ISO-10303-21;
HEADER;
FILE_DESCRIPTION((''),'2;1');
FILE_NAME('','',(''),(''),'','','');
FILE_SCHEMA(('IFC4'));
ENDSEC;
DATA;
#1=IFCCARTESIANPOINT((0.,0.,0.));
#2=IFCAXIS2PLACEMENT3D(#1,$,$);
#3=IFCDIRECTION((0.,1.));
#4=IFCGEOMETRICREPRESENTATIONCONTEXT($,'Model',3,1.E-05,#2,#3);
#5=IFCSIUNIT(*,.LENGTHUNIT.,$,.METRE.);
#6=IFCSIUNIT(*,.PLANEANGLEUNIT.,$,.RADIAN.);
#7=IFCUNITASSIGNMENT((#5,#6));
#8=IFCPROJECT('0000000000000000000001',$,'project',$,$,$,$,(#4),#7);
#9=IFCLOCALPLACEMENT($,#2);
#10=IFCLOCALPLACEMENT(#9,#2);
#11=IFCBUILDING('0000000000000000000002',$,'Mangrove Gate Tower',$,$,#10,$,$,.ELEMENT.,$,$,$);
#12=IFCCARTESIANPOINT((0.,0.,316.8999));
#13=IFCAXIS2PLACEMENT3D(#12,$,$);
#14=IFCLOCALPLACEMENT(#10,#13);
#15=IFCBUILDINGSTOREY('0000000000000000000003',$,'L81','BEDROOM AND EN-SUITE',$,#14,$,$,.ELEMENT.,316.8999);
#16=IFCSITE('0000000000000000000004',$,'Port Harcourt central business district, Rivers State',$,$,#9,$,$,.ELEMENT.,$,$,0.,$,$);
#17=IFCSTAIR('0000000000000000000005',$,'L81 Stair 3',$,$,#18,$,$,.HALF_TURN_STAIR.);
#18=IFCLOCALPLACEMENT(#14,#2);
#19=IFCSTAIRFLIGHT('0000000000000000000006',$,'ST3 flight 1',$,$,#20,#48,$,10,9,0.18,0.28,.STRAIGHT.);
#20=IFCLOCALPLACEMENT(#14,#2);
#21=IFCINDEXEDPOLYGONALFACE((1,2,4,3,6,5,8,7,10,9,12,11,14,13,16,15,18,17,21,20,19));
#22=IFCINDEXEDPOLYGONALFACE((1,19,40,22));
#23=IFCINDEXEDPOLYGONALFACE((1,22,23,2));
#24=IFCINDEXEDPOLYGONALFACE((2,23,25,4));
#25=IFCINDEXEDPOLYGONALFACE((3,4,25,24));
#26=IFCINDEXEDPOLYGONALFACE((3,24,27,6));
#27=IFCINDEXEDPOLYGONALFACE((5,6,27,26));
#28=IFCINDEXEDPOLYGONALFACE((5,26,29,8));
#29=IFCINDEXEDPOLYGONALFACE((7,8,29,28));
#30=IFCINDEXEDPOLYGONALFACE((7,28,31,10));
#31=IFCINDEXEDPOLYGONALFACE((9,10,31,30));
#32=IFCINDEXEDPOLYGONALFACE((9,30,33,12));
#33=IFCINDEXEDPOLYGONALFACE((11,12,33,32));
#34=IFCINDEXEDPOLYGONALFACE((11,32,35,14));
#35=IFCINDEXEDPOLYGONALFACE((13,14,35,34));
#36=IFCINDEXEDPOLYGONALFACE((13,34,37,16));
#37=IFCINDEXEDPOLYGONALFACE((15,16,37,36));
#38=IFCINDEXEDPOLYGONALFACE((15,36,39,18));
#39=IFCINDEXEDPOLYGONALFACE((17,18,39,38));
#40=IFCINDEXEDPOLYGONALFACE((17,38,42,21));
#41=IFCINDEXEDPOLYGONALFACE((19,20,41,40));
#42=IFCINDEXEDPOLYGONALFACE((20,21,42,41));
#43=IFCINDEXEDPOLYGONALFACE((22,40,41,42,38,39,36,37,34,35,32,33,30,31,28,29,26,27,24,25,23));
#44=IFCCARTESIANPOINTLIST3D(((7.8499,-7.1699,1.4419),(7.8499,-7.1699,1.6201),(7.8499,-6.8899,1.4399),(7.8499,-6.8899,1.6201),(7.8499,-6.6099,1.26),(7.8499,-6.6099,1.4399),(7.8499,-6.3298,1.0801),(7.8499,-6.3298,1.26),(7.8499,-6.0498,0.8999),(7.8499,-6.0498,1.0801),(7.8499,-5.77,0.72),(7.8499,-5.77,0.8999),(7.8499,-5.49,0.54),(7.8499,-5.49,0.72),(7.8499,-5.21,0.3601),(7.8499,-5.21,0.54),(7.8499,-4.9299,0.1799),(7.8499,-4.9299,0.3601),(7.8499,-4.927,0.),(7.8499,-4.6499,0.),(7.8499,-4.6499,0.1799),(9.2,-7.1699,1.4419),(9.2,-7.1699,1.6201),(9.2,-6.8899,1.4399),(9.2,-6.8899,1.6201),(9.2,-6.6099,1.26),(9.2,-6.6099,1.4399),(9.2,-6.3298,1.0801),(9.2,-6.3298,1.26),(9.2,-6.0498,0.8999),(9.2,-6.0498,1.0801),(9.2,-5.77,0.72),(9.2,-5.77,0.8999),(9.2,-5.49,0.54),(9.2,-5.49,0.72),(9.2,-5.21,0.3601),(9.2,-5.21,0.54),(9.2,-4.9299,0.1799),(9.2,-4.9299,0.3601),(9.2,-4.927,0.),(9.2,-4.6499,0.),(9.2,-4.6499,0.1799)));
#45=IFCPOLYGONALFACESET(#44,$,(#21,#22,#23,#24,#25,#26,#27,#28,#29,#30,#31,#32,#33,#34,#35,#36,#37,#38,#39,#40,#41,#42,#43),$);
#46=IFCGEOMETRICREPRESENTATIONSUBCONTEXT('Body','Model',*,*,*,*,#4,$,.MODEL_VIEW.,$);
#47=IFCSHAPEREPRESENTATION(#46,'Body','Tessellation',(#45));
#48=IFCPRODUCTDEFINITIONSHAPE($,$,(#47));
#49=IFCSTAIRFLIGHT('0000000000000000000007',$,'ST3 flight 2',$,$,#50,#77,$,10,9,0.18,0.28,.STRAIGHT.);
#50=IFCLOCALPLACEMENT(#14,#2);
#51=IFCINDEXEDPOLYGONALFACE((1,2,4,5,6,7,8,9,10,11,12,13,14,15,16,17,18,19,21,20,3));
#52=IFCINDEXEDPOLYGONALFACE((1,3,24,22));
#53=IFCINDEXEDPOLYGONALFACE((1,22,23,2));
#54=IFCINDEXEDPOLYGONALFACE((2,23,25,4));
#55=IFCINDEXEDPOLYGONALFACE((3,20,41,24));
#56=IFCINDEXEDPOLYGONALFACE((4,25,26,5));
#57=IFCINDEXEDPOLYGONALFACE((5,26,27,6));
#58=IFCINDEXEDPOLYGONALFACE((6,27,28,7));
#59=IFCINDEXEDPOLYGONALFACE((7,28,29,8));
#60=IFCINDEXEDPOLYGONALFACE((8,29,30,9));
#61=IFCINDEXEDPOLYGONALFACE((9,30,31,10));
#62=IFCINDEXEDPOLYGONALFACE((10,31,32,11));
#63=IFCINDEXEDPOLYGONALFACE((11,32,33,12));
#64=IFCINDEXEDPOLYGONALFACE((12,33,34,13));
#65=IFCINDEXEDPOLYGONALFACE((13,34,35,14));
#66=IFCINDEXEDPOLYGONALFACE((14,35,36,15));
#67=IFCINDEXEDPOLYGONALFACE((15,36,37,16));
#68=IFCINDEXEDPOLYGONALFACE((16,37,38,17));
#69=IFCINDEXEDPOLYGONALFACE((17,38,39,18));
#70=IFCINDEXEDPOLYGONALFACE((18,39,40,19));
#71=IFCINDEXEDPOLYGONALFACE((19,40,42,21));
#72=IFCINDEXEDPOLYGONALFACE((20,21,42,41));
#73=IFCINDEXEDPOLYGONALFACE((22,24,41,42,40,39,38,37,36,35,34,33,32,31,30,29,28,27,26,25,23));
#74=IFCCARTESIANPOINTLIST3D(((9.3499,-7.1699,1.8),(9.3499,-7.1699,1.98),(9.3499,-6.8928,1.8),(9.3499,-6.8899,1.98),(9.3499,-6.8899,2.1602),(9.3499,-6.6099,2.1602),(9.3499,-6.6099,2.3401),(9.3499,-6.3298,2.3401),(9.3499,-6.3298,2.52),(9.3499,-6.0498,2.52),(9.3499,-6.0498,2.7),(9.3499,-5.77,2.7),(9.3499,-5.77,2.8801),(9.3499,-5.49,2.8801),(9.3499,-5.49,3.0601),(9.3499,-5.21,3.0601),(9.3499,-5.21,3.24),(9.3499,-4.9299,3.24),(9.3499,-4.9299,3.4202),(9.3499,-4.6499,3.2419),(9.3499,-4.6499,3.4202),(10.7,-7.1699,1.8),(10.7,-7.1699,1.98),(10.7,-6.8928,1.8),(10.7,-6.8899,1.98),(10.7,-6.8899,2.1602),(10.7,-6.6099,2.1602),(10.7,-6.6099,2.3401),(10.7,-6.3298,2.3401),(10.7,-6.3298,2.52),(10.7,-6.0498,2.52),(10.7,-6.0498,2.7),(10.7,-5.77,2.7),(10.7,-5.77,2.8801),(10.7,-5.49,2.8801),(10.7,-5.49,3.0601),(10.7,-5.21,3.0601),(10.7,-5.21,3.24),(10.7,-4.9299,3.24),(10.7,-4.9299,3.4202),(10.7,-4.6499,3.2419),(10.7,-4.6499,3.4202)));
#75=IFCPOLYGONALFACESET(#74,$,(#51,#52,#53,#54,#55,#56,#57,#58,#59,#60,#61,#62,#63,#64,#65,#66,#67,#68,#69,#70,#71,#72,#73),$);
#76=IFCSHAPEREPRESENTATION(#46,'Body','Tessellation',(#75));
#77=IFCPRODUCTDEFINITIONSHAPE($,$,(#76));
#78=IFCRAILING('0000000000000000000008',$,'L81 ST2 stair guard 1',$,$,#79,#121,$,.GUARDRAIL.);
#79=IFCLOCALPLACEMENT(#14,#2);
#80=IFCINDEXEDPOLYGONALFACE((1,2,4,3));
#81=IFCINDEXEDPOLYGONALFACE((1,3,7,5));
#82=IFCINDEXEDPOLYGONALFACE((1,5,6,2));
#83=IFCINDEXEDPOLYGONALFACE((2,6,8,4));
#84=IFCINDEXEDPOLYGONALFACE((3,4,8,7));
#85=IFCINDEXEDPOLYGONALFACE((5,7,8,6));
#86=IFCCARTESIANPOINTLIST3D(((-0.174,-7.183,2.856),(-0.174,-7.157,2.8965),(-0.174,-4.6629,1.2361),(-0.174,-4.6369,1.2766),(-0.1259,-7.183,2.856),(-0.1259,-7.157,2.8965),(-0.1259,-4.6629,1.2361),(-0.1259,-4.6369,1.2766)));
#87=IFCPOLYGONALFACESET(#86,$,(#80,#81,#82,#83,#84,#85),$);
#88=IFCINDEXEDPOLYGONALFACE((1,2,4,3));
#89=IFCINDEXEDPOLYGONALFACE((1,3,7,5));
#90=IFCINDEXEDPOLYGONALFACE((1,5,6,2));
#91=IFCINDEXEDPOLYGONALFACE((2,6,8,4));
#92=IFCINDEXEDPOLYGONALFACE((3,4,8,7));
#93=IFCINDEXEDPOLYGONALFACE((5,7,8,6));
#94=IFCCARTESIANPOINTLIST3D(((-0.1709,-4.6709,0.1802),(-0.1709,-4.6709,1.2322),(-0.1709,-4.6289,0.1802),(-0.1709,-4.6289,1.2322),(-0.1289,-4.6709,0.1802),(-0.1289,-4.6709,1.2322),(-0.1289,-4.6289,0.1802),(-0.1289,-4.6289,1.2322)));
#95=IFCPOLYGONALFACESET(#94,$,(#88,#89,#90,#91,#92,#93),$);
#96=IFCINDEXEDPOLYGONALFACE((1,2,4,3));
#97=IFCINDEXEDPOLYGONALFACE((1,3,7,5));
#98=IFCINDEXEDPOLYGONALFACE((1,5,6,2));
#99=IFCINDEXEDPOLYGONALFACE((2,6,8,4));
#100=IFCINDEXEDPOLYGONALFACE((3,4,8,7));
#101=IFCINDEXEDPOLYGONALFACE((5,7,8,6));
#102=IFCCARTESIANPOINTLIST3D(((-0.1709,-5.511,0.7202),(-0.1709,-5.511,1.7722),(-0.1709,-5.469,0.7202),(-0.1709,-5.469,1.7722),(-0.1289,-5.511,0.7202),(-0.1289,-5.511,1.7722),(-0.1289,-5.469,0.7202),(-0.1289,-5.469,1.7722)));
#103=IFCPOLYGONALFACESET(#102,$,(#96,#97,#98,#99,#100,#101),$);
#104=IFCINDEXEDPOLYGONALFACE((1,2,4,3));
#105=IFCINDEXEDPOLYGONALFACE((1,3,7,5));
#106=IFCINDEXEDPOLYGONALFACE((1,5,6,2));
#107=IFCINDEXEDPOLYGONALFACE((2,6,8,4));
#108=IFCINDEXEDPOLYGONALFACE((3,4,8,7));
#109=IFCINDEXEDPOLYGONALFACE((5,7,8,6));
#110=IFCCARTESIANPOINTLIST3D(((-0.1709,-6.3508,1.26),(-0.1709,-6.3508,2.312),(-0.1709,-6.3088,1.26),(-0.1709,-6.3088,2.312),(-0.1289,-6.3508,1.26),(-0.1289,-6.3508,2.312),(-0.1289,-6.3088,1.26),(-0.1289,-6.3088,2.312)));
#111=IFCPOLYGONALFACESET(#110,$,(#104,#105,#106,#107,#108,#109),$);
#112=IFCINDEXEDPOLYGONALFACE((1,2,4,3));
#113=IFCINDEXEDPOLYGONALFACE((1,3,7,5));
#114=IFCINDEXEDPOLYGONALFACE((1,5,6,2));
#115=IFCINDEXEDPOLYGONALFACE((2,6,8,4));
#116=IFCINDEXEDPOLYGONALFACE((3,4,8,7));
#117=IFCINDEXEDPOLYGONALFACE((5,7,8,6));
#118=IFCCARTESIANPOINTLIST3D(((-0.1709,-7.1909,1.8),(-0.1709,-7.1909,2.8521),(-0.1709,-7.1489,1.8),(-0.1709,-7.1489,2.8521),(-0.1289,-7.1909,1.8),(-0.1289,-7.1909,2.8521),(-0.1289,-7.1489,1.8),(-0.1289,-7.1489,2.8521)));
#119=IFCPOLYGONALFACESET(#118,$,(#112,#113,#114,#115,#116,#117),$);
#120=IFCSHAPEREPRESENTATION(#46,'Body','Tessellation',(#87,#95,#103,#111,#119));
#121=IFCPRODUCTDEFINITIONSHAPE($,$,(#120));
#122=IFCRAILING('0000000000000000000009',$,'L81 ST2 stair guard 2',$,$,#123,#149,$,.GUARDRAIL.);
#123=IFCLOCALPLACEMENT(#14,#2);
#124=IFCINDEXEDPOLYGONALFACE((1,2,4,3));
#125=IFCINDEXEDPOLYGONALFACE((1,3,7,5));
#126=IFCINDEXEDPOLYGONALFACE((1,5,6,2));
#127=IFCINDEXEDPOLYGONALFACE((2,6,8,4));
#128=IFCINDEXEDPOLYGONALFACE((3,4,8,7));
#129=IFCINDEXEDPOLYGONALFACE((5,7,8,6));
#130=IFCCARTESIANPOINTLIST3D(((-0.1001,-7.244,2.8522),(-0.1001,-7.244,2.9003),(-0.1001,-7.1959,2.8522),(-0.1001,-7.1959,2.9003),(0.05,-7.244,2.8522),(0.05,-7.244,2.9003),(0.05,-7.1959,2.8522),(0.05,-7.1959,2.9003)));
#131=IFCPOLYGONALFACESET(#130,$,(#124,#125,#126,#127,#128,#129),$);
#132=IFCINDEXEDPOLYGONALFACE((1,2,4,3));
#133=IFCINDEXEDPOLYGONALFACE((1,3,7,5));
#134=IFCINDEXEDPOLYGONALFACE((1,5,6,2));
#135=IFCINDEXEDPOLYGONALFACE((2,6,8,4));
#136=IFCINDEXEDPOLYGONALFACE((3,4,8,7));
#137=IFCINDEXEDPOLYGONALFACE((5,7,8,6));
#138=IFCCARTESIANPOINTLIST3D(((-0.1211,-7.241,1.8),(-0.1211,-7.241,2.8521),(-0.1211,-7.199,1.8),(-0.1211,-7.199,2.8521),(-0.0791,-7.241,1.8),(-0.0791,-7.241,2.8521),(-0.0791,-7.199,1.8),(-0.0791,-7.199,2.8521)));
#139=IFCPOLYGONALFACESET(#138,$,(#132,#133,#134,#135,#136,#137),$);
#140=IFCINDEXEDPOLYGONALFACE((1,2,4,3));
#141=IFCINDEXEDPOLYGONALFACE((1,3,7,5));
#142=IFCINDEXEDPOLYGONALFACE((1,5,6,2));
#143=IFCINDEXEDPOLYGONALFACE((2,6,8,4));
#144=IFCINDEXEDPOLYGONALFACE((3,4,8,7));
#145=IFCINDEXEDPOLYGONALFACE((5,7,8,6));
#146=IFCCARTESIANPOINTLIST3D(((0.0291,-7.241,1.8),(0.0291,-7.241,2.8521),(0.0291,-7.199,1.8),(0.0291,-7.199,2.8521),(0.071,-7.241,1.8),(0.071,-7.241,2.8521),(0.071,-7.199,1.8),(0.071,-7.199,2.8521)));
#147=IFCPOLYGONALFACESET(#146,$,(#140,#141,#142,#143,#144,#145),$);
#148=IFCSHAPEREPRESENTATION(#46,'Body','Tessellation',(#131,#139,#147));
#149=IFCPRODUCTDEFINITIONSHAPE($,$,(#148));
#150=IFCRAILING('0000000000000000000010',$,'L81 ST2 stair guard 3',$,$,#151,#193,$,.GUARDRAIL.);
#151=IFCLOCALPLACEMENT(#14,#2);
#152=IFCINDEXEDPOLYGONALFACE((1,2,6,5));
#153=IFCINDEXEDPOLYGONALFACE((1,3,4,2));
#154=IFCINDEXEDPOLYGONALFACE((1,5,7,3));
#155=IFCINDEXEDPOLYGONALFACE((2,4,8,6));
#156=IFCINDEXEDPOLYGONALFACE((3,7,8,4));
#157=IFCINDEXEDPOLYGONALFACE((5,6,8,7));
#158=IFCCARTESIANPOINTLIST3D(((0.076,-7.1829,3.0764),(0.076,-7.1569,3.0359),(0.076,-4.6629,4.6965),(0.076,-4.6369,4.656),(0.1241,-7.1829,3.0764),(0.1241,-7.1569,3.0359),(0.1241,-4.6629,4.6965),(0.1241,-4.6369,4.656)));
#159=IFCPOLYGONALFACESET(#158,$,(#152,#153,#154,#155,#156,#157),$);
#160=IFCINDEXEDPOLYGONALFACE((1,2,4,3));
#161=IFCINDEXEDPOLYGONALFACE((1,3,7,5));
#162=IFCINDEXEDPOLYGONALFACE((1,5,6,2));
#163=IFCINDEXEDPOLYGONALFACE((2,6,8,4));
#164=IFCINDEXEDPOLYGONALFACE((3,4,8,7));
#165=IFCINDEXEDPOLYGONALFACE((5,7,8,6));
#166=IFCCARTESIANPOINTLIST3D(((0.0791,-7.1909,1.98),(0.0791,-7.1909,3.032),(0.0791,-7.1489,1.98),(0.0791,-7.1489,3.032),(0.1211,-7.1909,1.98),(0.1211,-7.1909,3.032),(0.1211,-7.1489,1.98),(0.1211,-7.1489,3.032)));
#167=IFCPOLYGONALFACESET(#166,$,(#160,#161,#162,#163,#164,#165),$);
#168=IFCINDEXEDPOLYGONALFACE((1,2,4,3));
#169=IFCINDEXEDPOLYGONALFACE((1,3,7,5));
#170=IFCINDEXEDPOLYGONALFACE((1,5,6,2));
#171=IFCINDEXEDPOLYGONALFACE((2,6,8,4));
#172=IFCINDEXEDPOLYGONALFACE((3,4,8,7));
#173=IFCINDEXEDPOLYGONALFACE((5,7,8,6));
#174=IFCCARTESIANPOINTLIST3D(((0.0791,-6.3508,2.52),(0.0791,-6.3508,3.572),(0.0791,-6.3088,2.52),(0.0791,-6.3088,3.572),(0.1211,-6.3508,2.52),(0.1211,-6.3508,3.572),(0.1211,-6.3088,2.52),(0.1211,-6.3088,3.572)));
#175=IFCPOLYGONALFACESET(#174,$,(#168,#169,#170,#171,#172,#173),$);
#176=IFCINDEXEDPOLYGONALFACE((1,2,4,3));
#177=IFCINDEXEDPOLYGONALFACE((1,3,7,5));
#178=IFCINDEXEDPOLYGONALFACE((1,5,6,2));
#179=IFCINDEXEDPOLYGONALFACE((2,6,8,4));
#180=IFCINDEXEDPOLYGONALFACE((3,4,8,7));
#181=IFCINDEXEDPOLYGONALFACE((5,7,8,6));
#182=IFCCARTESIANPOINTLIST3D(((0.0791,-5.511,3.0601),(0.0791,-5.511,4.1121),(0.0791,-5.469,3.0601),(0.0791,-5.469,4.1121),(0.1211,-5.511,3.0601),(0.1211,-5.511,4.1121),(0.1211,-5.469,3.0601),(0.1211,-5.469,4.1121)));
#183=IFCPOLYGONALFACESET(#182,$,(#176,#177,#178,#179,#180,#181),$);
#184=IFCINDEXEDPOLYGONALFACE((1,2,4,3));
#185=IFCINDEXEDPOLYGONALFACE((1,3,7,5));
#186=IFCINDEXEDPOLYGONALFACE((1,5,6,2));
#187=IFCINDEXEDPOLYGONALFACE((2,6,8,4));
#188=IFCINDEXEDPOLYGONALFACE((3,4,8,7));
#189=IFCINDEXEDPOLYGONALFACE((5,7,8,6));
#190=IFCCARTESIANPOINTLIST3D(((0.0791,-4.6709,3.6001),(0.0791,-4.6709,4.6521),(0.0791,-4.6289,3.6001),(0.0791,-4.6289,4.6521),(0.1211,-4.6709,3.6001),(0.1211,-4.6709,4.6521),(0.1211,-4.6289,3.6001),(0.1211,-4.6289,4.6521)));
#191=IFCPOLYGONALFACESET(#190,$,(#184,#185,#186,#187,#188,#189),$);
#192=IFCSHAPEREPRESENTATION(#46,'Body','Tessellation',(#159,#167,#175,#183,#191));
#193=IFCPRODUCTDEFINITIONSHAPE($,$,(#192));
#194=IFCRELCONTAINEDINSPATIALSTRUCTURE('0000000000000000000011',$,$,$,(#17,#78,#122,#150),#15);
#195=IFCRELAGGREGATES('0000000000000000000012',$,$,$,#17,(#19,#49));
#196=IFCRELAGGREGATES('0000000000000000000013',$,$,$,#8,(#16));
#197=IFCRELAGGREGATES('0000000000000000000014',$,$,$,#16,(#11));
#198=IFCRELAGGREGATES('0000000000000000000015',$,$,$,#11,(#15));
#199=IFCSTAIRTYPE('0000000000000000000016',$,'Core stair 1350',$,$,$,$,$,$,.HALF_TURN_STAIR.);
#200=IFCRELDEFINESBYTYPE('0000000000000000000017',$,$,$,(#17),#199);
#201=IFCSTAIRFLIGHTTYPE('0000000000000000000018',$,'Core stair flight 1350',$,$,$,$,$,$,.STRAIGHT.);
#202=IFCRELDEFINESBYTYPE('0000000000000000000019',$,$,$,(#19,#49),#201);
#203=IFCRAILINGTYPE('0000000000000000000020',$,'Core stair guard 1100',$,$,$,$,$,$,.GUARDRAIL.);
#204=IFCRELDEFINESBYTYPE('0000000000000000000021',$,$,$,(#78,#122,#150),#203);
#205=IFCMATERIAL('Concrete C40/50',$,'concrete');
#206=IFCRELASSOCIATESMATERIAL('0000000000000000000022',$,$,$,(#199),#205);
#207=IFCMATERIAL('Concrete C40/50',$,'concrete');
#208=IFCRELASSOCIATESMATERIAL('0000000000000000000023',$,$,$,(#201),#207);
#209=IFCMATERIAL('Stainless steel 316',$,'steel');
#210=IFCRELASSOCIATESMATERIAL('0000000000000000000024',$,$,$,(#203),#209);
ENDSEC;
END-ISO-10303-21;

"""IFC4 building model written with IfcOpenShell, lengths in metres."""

from ifc_helpers import new_model, si_unit, direction, frame, origin, origin_2d, place, context, subcontext, project, spatial, polyline, rectangle, outline, extrude, material, type_object, element, aggregate, save


model = new_model("IFC4")

# Units and contexts
model_context = context("Model", 3, precision=1e-05, world=origin(), true_north=direction((0.0, 1.0)))
body_context = subcontext(model_context, "Body", "Model", "MODEL_VIEW")
ifc_project = project(units=[si_unit("LENGTHUNIT", "METRE"), si_unit("PLANEANGLEUNIT", "RADIAN")], contexts=[model_context])

# Site, building, storey
site_placement = place(None, origin())
site = spatial("IfcSite", under=ifc_project, at=site_placement, Name="Port Harcourt central business district, Rivers State", CompositionType="ELEMENT", RefElevation=0.0)
building_placement = place(site_placement, origin())
building = spatial("IfcBuilding", under=site, at=building_placement, Name="Mangrove Gate Tower", CompositionType="ELEMENT")
storey_placement = place(building_placement, frame((0.0, 0.0, 316.8999)))
storey = spatial("IfcBuildingStorey", under=building, at=storey_placement, Name="L81", Description="BEDROOM AND EN-SUITE", CompositionType="ELEMENT", Elevation=316.8999)

# Shared definitions
ifc_material_1 = material(Name="Concrete C40/50", Category="concrete")
stair_type = type_object("IfcStairType", Name="Core stair 1350", PredefinedType="HALF_TURN_STAIR", material=ifc_material_1)
ifc_material_2 = material(Name="Concrete C40/50", Category="concrete")
stair_flight_type = type_object("IfcStairFlightType", Name="Core stair flight 1350", PredefinedType="STRAIGHT", material=ifc_material_2)

# Stair, stair flights
stair_1_placement = place(storey_placement, origin())
stair_1 = element("IfcStair", 1, at=stair_1_placement, inside=storey, type_object=stair_type, Name="L81 Stair 3", PredefinedType="HALF_TURN_STAIR")
stair_flight_1_placement = place(storey_placement, frame((8.5249, -4.6499, 0.0), z_axis=(0.0, 0.0, 1.0), x_axis=(0.0, -1.0, 0.0)))
stair_flight_1 = element("IfcStairFlight", 2, at=stair_flight_1_placement, type_object=stair_flight_type, Name="ST3 flight 1", NumberOfRisers=10, NumberOfTreads=9, PredefinedType="STRAIGHT", RiserHeight=0.18, TreadLength=0.28, context=body_context, shape_type="SweptSolid", body=[
    extrude(outline(polyline([(0.0, 0.0), (0.0, 0.1799), (0.28, 0.1799), (0.28, 0.3601), (0.5601, 0.3601), (0.5601, 0.54), (0.8401, 0.54), (0.8401, 0.72), (1.1201, 0.72), (1.1201, 0.8999), (1.3999, 0.8999), (1.3999, 1.0801), (1.6799, 1.0801), (1.6799, 1.26), (1.96, 1.26), (1.96, 1.4399), (2.24, 1.4399), (2.24, 1.6201), (2.52, 1.6201), (2.52, 1.8), (2.52, 1.4419), (0.2771, 0.0), (0.0, 0.0)])), frame((0.0, 0.675, 0.0), z_axis=(0.0, -1.0, 0.0), x_axis=(1.0, 0.0, 0.0)), (0.0, 0.0, 1.0), 1.3501),
])
stair_flight_2_placement = place(storey_placement, frame((10.0249, -7.1699, 1.8), z_axis=(0.0, 0.0, 1.0), x_axis=(0.0, 1.0, 0.0)))
stair_flight_2 = element("IfcStairFlight", 3, at=stair_flight_2_placement, type_object=stair_flight_type, Name="ST3 flight 2", NumberOfRisers=10, NumberOfTreads=9, PredefinedType="STRAIGHT", RiserHeight=0.18, TreadLength=0.28, context=body_context, shape_type="SweptSolid", body=[
    extrude(outline(polyline([(0.0, 0.0), (0.0, 0.1799), (0.28, 0.1799), (0.28, 0.3601), (0.5601, 0.3601), (0.5601, 0.54), (0.8401, 0.54), (0.8401, 0.72), (1.1201, 0.72), (1.1201, 0.8999), (1.3999, 0.8999), (1.3999, 1.0801), (1.6799, 1.0801), (1.6799, 1.26), (1.96, 1.26), (1.96, 1.4399), (2.24, 1.4399), (2.24, 1.6201), (2.52, 1.6201), (2.52, 1.8), (2.52, 1.4419), (0.2771, 0.0), (0.0, 0.0)])), frame((0.0, 0.675, 0.0), z_axis=(0.0, -1.0, 0.0), x_axis=(1.0, 0.0, 0.0)), (0.0, 0.0, 1.0), 1.3501),
])
aggregate(stair_1, [stair_flight_1, stair_flight_2])

# Railings
ifc_material_3 = material(Name="Stainless steel 316", Category="steel")
railing_type_1 = type_object("IfcRailingType", Name="Core stair guard 1100", PredefinedType="GUARDRAIL", material=ifc_material_3)
railing_1_placement = place(storey_placement, frame((-0.1499, -4.6499, 0.1802)))
element("IfcRailing", 4, at=railing_1_placement, inside=storey, type_object=railing_type_1, Name="L81 ST2 stair guard 1", PredefinedType="GUARDRAIL", context=body_context, shape_type="SweptSolid", body=[
    extrude(rectangle(XDim=0.0481, YDim=0.0481, at=origin_2d()), frame((0.0, 0.0, 1.0762), z_axis=(0.0, -0.8412, 0.540725), x_axis=(1.0, 0.0, 0.0)), (0.0, 0.0, 1.0), 2.9958),
    extrude(rectangle(XDim=0.042, YDim=0.042, at=origin_2d()), origin(), (0.0, 0.0, 1.0), 1.052),
    extrude(rectangle(XDim=0.042, YDim=0.042, at=origin_2d()), frame((0.0, -0.8401, 0.54)), (0.0, 0.0, 1.0), 1.052),
    extrude(rectangle(XDim=0.042, YDim=0.042, at=origin_2d()), frame((0.0, -1.6799, 1.0798)), (0.0, 0.0, 1.0), 1.052),
    extrude(rectangle(XDim=0.042, YDim=0.042, at=origin_2d()), frame((0.0, -2.52, 1.6199)), (0.0, 0.0, 1.0), 1.052),
])
railing_2_placement = place(storey_placement, frame((-0.1001, -7.22, 1.8)))
element("IfcRailing", 5, at=railing_2_placement, inside=storey, type_object=railing_type_1, Name="L81 ST2 stair guard 2", PredefinedType="GUARDRAIL", context=body_context, shape_type="SweptSolid", body=[
    extrude(rectangle(XDim=0.0481, YDim=0.0481, at=origin_2d()), frame((0.0, 0.0, 1.0762), z_axis=(1.0, 0.0, 0.0), x_axis=(0.0, 1.0, 0.0)), (0.0, 0.0, 1.0), 0.1501),
    extrude(rectangle(XDim=0.042, YDim=0.042, at=origin_2d()), origin(), (0.0, 0.0, 1.0), 1.052),
    extrude(rectangle(XDim=0.042, YDim=0.042, at=origin_2d()), frame((0.1501, 0.0, 0.0)), (0.0, 0.0, 1.0), 1.052),
])
railing_3_placement = place(storey_placement, frame((0.1001, -7.1699, 1.98)))
element("IfcRailing", 6, at=railing_3_placement, inside=storey, type_object=railing_type_1, Name="L81 ST2 stair guard 3", PredefinedType="GUARDRAIL", context=body_context, shape_type="SweptSolid", body=[
    extrude(rectangle(XDim=0.0481, YDim=0.0481, at=origin_2d()), frame((0.0, 0.0, 1.0762), z_axis=(0.0, 0.841163, 0.540782), x_axis=(-1.0, 0.0, 0.0)), (0.0, 0.0, 1.0), 2.9958),
    extrude(rectangle(XDim=0.042, YDim=0.042, at=origin_2d()), origin(), (0.0, 0.0, 1.0), 1.052),
    extrude(rectangle(XDim=0.042, YDim=0.042, at=origin_2d()), frame((0.0, 0.8401, 0.54)), (0.0, 0.0, 1.0), 1.052),
    extrude(rectangle(XDim=0.042, YDim=0.042, at=origin_2d()), frame((0.0, 1.6799, 1.0801)), (0.0, 0.0, 1.0), 1.052),
    extrude(rectangle(XDim=0.042, YDim=0.042, at=origin_2d()), frame((0.0, 2.52, 1.6201)), (0.0, 0.0, 1.0), 1.052),
])

save(model, "model.ifc")
